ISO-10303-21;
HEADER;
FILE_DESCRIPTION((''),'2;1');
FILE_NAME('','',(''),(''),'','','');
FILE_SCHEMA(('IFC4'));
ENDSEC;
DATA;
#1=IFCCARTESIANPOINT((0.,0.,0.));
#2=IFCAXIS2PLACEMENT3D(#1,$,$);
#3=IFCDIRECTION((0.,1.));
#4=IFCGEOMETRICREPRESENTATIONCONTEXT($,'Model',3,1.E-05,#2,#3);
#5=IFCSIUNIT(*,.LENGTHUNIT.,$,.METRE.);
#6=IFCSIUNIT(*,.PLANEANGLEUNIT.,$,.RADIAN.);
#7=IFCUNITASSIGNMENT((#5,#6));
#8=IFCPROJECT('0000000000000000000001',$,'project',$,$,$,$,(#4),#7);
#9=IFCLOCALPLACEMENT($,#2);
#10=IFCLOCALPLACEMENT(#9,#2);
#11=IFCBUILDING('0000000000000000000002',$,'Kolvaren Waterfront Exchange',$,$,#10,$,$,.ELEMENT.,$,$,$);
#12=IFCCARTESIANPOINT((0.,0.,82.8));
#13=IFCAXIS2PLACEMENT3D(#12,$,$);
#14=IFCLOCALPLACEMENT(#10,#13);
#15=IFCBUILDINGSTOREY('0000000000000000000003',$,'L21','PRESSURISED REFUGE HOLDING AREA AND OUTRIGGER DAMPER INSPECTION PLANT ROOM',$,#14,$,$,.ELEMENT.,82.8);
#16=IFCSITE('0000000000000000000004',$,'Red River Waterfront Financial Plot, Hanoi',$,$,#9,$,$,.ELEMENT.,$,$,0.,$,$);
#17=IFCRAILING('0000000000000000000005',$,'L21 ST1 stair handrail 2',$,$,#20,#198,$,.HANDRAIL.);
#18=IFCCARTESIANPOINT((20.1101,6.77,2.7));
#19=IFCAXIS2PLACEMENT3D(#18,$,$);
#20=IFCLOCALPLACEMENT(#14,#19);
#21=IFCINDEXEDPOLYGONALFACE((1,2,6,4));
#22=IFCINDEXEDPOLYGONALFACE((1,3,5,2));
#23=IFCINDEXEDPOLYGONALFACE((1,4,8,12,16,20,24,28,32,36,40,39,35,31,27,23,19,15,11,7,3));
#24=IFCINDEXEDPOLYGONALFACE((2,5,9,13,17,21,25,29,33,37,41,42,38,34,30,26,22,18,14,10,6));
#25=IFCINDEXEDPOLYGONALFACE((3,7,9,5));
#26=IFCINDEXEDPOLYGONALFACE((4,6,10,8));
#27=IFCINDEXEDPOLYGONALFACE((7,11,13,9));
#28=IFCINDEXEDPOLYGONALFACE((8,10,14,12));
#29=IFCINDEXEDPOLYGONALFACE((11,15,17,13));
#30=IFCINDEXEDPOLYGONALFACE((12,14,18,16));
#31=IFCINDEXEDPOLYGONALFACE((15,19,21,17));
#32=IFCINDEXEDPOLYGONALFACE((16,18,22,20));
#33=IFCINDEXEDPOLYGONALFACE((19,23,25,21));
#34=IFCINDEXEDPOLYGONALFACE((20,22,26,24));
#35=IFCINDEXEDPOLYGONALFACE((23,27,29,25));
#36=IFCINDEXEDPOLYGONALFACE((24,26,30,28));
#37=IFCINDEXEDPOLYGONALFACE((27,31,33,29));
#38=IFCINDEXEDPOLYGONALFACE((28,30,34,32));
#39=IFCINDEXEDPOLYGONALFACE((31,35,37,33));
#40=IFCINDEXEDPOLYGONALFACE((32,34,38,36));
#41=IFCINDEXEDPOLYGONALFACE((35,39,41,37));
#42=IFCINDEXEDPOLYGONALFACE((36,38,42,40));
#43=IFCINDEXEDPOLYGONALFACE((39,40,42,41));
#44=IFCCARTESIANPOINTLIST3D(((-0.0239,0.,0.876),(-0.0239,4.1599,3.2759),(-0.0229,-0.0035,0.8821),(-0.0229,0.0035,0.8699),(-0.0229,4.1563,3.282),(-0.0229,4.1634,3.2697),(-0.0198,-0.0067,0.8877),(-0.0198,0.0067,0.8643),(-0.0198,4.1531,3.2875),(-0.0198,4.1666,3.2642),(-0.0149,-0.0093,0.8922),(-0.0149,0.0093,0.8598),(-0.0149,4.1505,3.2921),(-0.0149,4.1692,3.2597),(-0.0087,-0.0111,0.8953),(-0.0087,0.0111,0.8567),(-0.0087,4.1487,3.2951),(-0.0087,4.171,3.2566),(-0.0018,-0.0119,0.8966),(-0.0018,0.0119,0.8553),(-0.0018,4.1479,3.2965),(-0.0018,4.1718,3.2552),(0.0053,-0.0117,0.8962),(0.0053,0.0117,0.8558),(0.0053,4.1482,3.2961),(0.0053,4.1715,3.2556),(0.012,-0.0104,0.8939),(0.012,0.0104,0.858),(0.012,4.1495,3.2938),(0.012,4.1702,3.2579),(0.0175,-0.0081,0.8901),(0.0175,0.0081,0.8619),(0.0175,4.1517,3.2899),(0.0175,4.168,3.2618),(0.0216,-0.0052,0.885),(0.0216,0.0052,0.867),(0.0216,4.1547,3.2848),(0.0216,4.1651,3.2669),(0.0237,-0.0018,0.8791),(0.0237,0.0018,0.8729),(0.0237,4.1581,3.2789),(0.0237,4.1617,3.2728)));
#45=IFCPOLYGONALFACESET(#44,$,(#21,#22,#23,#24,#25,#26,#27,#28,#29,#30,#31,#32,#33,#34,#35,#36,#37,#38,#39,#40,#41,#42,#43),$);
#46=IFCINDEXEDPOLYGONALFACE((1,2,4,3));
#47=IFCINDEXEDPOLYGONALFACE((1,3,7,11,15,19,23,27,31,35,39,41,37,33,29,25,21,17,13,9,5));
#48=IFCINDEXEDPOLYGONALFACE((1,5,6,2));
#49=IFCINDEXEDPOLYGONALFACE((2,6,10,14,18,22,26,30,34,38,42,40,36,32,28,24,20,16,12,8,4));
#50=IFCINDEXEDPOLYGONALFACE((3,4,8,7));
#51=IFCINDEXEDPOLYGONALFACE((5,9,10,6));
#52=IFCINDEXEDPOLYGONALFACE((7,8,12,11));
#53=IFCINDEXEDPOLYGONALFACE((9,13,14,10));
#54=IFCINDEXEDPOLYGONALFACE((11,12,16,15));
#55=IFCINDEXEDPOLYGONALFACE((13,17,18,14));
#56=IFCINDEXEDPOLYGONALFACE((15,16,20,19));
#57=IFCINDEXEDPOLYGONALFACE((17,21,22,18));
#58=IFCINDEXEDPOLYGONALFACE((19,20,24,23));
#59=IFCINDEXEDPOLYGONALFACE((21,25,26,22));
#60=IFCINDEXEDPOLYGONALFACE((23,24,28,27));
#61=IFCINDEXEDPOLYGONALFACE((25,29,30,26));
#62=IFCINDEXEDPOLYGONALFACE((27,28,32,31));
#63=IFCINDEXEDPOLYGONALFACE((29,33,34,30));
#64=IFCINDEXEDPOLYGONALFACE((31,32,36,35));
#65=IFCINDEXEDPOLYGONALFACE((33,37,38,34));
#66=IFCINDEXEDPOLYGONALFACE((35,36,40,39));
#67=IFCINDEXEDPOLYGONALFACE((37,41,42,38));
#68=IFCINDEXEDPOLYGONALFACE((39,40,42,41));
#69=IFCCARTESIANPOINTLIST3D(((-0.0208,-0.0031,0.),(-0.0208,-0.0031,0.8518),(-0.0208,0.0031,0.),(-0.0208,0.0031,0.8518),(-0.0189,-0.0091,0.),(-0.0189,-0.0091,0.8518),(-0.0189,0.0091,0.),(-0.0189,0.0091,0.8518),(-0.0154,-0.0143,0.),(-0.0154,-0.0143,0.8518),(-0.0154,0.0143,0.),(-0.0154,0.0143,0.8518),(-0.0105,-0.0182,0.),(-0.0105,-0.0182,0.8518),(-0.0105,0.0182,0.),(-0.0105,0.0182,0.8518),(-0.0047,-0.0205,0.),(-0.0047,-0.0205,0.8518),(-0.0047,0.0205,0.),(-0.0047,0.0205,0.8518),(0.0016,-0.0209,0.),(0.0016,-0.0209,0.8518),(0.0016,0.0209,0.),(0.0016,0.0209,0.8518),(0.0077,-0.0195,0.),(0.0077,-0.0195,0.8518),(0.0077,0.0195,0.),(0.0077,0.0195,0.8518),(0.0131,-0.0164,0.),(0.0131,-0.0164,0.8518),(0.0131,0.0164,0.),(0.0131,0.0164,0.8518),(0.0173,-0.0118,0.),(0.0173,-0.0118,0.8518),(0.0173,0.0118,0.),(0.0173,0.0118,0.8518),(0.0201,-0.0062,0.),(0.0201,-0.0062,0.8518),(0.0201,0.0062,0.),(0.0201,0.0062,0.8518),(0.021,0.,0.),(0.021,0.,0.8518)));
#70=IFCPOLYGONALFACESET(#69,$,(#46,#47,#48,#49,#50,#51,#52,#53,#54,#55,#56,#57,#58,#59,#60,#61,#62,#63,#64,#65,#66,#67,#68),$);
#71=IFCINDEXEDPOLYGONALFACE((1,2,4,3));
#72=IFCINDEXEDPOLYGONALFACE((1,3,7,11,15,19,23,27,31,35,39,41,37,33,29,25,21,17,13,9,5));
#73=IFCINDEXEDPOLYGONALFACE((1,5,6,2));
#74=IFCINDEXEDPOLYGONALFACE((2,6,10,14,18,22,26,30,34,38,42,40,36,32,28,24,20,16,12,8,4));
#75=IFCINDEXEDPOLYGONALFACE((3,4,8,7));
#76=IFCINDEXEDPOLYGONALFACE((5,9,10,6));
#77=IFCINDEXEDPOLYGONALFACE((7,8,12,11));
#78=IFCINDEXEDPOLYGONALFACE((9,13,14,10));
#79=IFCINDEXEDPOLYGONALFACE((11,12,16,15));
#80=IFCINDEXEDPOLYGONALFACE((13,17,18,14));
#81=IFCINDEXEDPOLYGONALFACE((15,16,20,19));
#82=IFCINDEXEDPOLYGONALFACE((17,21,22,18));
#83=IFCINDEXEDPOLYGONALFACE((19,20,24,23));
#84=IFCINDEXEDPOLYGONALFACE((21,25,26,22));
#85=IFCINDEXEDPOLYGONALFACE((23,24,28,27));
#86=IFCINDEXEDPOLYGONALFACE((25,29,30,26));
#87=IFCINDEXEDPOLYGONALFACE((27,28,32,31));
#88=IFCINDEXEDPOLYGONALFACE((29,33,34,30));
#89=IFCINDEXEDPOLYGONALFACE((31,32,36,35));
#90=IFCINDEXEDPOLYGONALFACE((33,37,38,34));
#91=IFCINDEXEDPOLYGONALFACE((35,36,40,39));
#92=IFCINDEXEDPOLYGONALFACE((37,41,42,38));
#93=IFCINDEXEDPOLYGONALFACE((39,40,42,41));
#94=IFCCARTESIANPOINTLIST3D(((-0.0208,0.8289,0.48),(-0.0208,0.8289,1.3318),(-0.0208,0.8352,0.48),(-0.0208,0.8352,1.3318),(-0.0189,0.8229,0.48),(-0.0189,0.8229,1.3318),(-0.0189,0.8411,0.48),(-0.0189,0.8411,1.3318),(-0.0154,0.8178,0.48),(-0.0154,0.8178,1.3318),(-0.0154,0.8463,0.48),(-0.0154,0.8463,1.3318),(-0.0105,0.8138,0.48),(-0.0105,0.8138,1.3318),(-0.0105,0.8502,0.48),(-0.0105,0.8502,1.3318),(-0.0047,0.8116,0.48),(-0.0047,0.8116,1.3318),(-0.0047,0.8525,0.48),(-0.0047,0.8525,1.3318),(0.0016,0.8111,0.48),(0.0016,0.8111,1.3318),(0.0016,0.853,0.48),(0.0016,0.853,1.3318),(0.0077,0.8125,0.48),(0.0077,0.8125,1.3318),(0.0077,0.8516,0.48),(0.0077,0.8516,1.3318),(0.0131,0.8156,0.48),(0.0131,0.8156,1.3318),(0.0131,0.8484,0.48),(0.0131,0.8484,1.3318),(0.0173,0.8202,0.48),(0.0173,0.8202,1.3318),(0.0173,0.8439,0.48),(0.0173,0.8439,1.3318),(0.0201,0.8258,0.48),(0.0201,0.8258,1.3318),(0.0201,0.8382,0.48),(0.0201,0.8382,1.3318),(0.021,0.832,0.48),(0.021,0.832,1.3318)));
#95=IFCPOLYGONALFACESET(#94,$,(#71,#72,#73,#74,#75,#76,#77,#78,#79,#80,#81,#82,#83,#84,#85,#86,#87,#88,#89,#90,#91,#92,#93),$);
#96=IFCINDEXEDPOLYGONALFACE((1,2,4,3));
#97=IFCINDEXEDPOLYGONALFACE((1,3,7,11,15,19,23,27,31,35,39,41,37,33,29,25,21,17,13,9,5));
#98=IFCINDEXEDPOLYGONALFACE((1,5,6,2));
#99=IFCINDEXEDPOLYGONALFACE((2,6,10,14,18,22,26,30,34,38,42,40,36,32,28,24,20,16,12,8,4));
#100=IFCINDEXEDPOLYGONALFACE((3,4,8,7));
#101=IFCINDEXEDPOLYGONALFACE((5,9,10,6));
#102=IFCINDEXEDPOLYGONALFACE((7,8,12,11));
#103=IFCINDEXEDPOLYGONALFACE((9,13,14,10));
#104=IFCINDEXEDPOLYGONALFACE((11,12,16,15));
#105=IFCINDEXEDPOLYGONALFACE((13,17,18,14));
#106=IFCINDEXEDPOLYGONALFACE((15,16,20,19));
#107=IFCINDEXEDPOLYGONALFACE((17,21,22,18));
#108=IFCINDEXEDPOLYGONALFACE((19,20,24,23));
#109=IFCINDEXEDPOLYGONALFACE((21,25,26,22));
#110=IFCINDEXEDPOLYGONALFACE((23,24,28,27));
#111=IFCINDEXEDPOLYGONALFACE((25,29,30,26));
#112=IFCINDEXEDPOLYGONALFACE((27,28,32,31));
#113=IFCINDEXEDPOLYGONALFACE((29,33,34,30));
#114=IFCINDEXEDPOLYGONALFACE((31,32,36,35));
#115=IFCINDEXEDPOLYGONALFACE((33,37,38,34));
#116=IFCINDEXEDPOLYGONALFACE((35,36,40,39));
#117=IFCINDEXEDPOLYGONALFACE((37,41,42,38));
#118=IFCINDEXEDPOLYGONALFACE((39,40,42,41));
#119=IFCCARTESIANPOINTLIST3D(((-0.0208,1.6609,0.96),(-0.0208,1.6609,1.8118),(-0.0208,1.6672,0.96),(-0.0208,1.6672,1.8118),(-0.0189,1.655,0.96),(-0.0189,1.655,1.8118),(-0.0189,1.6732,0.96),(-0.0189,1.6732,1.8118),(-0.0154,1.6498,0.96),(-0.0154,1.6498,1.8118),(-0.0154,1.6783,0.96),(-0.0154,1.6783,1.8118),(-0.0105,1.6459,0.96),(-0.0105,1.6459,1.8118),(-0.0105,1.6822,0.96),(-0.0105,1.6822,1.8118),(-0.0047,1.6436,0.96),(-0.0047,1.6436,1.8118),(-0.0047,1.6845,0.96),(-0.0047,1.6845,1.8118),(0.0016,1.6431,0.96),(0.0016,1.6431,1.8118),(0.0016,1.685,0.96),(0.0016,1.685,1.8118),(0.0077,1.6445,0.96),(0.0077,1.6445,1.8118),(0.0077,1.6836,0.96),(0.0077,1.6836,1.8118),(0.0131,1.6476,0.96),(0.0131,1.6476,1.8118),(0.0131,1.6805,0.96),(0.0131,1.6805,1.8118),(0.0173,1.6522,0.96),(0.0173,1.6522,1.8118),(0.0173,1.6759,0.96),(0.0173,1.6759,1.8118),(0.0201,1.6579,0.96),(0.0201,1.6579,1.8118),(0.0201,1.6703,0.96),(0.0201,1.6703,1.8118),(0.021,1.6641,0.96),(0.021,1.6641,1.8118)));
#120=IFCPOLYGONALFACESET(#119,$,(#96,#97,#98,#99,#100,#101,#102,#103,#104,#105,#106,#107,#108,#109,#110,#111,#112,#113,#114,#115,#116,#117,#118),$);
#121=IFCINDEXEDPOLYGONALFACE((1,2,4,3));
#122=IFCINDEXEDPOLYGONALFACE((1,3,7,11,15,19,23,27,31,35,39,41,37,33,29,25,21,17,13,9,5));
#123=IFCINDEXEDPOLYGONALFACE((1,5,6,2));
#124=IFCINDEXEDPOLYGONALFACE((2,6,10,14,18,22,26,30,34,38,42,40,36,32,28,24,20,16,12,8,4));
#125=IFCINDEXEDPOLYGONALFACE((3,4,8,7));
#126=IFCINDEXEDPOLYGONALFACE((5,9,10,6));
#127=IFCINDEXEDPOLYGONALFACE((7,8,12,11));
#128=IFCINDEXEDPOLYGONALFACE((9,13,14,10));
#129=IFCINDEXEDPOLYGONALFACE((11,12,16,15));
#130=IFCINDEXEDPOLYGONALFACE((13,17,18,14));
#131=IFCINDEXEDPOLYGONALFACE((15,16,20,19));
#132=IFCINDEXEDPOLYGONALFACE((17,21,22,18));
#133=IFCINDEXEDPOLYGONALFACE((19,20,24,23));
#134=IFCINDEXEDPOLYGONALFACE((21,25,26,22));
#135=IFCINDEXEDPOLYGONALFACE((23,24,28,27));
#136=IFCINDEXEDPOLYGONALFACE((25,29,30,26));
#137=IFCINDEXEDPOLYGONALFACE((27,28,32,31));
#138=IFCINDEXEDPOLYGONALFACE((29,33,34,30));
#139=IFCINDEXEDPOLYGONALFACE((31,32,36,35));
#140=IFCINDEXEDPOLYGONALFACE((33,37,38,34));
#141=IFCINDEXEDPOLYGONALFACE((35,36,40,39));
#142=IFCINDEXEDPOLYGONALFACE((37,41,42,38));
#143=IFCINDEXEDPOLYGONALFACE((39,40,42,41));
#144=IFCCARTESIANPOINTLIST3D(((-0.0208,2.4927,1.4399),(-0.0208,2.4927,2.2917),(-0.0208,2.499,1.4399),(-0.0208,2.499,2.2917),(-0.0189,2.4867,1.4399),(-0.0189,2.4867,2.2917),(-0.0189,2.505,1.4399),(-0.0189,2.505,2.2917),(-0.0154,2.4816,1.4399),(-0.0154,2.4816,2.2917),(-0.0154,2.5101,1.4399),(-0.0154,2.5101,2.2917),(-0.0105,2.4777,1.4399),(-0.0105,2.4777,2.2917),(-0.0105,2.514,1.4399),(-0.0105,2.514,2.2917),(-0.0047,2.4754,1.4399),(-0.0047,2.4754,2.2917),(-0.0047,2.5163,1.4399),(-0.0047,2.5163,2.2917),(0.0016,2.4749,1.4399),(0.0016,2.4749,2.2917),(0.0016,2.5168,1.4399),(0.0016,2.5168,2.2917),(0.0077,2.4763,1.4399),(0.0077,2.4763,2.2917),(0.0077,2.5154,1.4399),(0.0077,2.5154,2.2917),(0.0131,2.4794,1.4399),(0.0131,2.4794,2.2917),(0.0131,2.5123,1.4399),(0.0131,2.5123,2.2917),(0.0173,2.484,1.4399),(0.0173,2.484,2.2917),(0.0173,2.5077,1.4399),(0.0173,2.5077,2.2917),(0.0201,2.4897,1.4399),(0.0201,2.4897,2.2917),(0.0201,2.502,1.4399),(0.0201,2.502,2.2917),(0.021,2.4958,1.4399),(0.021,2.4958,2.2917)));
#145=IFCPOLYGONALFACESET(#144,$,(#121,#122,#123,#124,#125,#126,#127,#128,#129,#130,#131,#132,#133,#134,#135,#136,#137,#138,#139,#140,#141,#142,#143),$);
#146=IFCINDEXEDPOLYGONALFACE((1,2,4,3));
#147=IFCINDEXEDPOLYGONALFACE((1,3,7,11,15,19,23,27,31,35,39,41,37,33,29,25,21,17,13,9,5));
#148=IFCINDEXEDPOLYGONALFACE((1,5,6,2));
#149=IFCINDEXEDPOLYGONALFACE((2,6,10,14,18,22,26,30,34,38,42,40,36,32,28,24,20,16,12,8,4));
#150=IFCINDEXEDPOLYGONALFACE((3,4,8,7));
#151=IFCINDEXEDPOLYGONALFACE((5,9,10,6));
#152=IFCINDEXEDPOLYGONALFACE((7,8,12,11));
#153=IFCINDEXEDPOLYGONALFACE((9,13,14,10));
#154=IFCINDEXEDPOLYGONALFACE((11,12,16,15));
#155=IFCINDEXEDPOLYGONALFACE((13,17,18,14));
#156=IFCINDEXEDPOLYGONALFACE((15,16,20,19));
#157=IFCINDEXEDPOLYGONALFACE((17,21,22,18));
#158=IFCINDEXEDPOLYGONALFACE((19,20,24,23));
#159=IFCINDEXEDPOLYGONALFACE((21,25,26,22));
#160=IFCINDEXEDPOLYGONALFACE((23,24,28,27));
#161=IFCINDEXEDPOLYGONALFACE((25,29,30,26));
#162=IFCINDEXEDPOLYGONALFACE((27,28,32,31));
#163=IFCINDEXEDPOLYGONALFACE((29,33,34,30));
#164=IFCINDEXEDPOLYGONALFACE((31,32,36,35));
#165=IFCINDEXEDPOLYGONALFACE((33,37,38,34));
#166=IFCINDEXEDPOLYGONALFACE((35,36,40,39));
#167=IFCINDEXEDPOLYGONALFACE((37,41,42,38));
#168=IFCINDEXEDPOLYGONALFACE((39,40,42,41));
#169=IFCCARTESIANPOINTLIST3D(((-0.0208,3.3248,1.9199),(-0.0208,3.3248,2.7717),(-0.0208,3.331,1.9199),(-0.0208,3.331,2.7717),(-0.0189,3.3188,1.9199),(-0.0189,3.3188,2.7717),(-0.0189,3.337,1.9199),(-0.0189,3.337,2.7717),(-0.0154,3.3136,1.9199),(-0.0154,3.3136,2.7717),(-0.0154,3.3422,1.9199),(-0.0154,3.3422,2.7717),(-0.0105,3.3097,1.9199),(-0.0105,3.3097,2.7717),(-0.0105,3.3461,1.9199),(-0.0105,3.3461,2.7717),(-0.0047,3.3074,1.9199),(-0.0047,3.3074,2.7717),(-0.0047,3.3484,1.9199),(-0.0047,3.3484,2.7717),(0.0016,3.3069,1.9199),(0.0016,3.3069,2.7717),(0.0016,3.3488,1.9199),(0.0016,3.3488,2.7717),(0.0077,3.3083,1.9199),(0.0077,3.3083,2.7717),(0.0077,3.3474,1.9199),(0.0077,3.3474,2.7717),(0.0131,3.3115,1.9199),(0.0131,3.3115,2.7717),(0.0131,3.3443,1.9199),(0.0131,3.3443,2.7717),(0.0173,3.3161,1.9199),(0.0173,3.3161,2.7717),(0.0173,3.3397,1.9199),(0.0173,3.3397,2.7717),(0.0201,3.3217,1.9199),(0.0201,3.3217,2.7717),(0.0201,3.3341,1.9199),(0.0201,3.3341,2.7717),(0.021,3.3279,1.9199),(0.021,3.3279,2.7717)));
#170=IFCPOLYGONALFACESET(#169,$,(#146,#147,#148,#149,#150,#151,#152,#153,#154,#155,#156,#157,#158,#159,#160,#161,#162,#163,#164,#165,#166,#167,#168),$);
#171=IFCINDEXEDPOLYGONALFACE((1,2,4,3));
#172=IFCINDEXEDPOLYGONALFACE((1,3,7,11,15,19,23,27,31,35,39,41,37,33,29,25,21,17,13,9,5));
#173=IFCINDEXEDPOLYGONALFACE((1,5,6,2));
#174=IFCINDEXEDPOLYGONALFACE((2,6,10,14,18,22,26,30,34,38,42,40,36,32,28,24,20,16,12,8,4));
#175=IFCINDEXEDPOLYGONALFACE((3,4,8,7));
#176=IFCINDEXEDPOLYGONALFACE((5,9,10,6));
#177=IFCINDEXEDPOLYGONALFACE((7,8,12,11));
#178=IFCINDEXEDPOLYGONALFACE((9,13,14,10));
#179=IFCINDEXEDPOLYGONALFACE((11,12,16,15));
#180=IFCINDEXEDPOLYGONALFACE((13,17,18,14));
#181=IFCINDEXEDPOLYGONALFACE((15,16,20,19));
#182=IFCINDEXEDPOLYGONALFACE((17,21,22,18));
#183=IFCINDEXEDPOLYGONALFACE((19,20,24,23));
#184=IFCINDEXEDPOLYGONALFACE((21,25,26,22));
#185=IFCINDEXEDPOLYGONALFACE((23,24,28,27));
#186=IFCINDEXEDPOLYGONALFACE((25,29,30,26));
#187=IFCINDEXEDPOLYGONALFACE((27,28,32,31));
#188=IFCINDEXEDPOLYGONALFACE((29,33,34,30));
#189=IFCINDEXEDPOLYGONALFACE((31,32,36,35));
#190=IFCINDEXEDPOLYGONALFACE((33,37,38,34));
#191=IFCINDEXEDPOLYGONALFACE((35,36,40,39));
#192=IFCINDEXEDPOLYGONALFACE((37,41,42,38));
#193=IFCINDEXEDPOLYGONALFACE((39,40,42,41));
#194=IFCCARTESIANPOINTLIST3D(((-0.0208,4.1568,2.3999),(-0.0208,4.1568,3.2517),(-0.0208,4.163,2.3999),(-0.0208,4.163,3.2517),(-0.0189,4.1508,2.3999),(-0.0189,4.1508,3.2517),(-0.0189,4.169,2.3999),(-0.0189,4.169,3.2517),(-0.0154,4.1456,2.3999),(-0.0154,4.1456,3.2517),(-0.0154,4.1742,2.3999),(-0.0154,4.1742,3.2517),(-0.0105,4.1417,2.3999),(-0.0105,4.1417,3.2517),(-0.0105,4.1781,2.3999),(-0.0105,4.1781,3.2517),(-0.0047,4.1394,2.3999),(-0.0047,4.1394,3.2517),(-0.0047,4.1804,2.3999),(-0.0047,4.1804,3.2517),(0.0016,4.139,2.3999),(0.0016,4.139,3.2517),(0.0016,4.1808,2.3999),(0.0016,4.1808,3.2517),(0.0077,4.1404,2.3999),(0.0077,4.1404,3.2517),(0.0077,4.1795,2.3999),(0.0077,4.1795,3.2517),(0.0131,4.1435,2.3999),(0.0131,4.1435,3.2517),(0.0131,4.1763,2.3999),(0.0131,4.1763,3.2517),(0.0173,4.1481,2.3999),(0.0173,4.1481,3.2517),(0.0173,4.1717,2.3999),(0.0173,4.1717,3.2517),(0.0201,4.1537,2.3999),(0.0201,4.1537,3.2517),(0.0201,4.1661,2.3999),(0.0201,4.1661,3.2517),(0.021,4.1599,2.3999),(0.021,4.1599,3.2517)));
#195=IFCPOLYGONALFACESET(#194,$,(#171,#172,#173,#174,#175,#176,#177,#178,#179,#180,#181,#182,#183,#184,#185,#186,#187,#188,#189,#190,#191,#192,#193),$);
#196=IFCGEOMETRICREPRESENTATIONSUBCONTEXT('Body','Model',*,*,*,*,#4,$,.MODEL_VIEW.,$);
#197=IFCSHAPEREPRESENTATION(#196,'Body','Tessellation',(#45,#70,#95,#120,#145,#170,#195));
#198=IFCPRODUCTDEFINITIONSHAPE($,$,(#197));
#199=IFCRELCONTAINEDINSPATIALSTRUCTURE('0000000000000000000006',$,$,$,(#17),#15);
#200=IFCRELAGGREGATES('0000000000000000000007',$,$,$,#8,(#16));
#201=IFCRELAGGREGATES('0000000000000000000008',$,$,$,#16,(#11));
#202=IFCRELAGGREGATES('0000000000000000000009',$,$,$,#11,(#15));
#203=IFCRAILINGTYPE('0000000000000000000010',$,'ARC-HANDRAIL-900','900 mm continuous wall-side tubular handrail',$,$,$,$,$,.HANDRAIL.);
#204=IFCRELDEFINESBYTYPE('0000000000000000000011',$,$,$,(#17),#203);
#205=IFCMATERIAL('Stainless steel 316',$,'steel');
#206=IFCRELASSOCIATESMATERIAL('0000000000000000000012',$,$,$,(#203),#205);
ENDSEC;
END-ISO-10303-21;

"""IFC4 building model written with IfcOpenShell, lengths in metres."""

from ifc_helpers import new_model, si_unit, direction, frame, origin, origin_2d, place, context, subcontext, project, spatial, circle, extrude, material, type_object, element, save


model = new_model("IFC4")

# Units and contexts
model_context = context("Model", 3, precision=1e-05, world=origin(), true_north=direction((0.0, 1.0)))
body_context = subcontext(model_context, "Body", "Model", "MODEL_VIEW")
ifc_project = project(units=[si_unit("LENGTHUNIT", "METRE"), si_unit("PLANEANGLEUNIT", "RADIAN")], contexts=[model_context])

# Site, building, storey
site_placement = place(None, origin())
site = spatial("IfcSite", under=ifc_project, at=site_placement, Name="Red River Waterfront Financial Plot, Hanoi", CompositionType="ELEMENT", RefElevation=0.0)
building_placement = place(site_placement, origin())
building = spatial("IfcBuilding", under=site, at=building_placement, Name="Kolvaren Waterfront Exchange", CompositionType="ELEMENT")
storey_placement = place(building_placement, frame((0.0, 0.0, 82.8)))
storey = spatial("IfcBuildingStorey", under=building, at=storey_placement, Name="L21", Description="PRESSURISED REFUGE HOLDING AREA AND OUTRIGGER DAMPER INSPECTION PLANT ROOM", CompositionType="ELEMENT", Elevation=82.8)

# Railing
ifc_material_1 = material(Name="Stainless steel 316", Category="steel")
railing_type_1 = type_object("IfcRailingType", Name="ARC-HANDRAIL-900", Description="900 mm continuous wall-side tubular handrail", PredefinedType="HANDRAIL", material=ifc_material_1)
railing_1_placement = place(storey_placement, frame((20.1101, 6.77, 2.7)))
element("IfcRailing", 1, at=railing_1_placement, inside=storey, type_object=railing_type_1, Name="L21 ST1 stair handrail 2", PredefinedType="HANDRAIL", context=body_context, shape_type="SweptSolid", body=[
    extrude(circle(Radius=0.0239, at=origin_2d()), frame((0.0, 0.0, 0.876), z_axis=(0.0, 0.86619, 0.499715), x_axis=(-1.0, 0.0, 0.0)), (0.0, 0.0, 1.0), 4.8025),
    extrude(circle(Radius=0.021, at=origin_2d()), origin(), (0.0, 0.0, 1.0), 0.8518),
    extrude(circle(Radius=0.021, at=origin_2d()), frame((0.0, 0.832, 0.48)), (0.0, 0.0, 1.0), 0.8518),
    extrude(circle(Radius=0.021, at=origin_2d()), frame((0.0, 1.6641, 0.96)), (0.0, 0.0, 1.0), 0.8518),
    extrude(circle(Radius=0.021, at=origin_2d()), frame((0.0, 2.4958, 1.4399)), (0.0, 0.0, 1.0), 0.8518),
    extrude(circle(Radius=0.021, at=origin_2d()), frame((0.0, 3.3279, 1.9199)), (0.0, 0.0, 1.0), 0.8518),
    extrude(circle(Radius=0.021, at=origin_2d()), frame((0.0, 4.1599, 2.3999)), (0.0, 0.0, 1.0), 0.8518),
])

save(model, "model.ifc")
